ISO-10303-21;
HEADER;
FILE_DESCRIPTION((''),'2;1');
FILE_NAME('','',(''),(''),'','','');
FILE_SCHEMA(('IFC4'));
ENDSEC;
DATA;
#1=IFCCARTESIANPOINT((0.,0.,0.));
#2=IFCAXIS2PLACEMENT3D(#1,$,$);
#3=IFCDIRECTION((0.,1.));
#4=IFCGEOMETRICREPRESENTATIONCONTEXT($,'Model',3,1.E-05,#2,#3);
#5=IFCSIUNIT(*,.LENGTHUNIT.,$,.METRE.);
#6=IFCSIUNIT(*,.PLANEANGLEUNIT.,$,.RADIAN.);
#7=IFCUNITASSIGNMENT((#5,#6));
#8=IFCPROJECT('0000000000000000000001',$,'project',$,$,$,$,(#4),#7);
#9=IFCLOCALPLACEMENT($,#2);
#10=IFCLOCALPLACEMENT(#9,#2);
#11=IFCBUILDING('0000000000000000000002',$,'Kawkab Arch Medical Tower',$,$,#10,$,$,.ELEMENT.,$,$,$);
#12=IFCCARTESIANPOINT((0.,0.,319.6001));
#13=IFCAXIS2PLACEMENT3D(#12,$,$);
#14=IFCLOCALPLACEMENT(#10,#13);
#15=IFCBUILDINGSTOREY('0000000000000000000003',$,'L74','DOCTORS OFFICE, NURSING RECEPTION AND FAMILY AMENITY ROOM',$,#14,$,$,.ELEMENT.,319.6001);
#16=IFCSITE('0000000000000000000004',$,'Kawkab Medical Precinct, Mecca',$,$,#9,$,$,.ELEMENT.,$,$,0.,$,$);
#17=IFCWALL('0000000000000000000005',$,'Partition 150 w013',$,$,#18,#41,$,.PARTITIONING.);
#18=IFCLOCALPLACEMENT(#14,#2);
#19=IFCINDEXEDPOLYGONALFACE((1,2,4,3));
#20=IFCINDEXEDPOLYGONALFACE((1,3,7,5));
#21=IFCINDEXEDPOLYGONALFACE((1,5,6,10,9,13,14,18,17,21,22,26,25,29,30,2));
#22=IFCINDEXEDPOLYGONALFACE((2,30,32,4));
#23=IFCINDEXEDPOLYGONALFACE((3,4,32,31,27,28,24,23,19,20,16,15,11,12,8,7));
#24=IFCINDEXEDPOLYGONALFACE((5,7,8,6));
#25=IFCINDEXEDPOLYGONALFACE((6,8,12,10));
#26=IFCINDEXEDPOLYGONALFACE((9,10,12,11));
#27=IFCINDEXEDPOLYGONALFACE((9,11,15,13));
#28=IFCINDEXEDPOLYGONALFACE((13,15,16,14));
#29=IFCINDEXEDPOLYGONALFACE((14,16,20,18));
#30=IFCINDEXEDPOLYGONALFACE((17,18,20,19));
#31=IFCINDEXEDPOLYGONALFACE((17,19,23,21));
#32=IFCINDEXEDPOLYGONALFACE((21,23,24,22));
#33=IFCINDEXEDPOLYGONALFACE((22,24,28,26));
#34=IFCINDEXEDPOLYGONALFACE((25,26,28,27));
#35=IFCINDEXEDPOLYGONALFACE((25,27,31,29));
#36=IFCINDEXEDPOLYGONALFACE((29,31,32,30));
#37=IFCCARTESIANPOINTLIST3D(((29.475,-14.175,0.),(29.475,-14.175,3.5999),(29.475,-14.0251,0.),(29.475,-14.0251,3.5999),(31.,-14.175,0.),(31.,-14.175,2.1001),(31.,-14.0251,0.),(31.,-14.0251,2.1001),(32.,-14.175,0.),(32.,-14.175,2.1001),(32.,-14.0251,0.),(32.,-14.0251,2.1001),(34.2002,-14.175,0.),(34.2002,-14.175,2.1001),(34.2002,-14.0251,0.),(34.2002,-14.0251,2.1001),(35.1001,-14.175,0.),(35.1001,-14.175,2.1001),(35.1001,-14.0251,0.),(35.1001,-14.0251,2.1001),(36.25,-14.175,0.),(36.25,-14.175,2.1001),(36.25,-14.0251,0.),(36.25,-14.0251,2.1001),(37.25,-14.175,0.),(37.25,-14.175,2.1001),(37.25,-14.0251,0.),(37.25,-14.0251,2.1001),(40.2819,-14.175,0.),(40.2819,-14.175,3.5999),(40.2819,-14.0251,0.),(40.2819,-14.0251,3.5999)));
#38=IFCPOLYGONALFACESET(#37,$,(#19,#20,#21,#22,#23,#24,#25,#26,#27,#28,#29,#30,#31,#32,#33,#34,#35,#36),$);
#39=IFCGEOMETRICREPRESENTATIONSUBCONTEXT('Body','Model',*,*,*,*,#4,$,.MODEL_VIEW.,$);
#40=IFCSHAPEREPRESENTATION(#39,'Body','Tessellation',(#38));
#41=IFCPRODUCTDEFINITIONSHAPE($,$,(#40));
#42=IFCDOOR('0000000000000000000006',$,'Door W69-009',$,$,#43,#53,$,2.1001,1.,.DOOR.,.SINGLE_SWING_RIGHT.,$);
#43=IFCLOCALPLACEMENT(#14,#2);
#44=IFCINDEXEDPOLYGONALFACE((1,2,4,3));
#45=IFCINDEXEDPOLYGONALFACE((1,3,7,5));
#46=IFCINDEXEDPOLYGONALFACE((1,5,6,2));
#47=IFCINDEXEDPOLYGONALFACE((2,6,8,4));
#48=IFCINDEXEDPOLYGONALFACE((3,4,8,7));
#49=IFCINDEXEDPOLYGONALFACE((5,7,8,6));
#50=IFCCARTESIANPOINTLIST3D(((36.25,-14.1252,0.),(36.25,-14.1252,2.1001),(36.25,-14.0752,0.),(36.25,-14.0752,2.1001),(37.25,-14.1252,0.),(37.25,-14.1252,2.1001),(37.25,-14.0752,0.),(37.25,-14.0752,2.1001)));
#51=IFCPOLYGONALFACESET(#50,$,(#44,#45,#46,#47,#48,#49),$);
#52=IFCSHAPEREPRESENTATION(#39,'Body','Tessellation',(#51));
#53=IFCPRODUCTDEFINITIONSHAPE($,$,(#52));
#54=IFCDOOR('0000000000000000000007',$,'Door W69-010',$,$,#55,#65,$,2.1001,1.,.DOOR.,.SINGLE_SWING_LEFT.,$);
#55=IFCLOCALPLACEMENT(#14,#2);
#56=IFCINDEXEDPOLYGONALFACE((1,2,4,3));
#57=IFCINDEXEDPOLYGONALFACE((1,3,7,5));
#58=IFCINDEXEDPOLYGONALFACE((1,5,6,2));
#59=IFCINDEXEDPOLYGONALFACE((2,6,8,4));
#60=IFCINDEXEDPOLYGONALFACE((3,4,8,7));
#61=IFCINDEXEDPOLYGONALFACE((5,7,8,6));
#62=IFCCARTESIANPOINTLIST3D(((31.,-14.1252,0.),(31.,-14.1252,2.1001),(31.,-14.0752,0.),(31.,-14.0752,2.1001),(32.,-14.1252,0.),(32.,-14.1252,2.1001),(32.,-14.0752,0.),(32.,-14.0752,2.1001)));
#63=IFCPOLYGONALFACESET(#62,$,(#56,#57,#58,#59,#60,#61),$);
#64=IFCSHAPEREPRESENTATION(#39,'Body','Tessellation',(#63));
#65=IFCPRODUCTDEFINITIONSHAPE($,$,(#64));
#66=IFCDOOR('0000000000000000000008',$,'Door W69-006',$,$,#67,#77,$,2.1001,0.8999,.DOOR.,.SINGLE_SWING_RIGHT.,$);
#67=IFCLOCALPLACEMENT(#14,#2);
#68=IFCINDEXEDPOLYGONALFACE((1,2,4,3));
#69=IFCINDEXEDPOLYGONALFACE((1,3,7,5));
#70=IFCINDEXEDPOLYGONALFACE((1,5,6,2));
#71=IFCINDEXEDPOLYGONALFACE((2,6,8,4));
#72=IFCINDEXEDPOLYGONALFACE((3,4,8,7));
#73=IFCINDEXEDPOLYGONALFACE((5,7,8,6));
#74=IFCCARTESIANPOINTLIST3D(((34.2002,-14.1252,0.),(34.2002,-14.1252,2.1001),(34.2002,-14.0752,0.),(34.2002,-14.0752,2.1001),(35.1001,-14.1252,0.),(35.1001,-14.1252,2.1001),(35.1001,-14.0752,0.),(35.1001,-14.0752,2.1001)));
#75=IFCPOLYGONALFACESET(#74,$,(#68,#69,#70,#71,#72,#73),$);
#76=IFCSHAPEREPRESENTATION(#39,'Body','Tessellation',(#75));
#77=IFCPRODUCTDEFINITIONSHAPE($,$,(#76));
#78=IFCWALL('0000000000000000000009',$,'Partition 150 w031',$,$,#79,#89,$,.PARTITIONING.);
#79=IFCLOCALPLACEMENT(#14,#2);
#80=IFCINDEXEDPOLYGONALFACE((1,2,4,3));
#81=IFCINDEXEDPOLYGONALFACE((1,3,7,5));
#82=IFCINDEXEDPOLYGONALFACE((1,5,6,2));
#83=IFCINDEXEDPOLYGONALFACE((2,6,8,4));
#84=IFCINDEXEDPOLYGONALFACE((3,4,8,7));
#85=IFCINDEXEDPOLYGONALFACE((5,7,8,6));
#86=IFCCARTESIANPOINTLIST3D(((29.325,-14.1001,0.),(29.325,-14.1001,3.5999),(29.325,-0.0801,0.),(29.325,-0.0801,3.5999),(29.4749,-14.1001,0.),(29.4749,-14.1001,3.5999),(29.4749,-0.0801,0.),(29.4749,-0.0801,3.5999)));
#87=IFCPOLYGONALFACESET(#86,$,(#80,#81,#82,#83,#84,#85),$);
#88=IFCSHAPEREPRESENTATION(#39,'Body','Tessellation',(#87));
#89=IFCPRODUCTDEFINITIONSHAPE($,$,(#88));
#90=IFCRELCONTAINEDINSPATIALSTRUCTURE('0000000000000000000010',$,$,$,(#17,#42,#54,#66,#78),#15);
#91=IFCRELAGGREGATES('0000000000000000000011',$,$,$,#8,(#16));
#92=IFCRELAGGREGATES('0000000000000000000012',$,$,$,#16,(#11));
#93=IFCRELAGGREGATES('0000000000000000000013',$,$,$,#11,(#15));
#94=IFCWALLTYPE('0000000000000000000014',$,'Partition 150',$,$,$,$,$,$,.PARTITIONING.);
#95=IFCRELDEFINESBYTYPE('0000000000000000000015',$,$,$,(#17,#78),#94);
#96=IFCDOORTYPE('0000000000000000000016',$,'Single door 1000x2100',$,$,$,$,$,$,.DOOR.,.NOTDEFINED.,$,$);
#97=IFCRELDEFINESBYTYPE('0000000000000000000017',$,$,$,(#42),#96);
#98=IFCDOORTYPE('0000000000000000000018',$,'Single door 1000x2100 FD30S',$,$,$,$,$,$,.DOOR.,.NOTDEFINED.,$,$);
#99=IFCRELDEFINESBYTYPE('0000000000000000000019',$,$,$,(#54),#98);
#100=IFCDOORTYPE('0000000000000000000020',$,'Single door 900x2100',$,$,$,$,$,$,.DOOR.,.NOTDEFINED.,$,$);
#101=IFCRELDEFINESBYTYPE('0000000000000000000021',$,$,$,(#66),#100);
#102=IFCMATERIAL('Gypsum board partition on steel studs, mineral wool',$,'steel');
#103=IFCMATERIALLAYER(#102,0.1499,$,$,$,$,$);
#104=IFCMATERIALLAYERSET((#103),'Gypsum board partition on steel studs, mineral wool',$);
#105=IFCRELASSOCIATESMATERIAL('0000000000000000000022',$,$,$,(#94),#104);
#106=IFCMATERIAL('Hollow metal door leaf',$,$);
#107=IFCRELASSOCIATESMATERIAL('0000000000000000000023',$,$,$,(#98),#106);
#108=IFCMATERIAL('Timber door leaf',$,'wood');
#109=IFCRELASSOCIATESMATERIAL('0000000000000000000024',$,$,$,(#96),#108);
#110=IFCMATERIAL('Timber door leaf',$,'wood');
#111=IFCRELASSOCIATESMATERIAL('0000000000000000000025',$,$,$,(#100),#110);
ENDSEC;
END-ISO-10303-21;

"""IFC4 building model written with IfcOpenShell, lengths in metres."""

from ifc_helpers import new_model, si_unit, direction, frame, frame_2d, origin, place, context, subcontext, project, spatial, rectangle, extrude, material, layer, layer_set, type_object, element, fill, save


model = new_model("IFC4")

# Units and contexts
model_context = context("Model", 3, precision=1e-05, world=origin(), true_north=direction((0.0, 1.0)))
body_context = subcontext(model_context, "Body", "Model", "MODEL_VIEW")
ifc_project = project(units=[si_unit("LENGTHUNIT", "METRE"), si_unit("PLANEANGLEUNIT", "RADIAN")], contexts=[model_context])

# Site, building, storey
site_placement = place(None, origin())
site = spatial("IfcSite", under=ifc_project, at=site_placement, Name="Kawkab Medical Precinct, Mecca", CompositionType="ELEMENT", RefElevation=0.0)
building_placement = place(site_placement, origin())
building = spatial("IfcBuilding", under=site, at=building_placement, Name="Kawkab Arch Medical Tower", CompositionType="ELEMENT")
storey_placement = place(building_placement, frame((0.0, 0.0, 319.6001)))
storey = spatial("IfcBuildingStorey", under=building, at=storey_placement, Name="L74", Description="DOCTORS OFFICE, NURSING RECEPTION AND FAMILY AMENITY ROOM", CompositionType="ELEMENT", Elevation=319.6001)

# Wall, openings, doors
ifc_material_1 = material(Name="Gypsum board partition on steel studs, mineral wool", Category="steel")
ifc_layer_1 = layer(ifc_material_1, 0.1499)
ifc_layer_set_1 = layer_set([ifc_layer_1], Name="Gypsum board partition on steel studs, mineral wool")
wall_type_1 = type_object("IfcWallType", Name="Partition 150", PredefinedType="PARTITIONING", material=ifc_layer_set_1)
ifc_material_2 = material(Name="Hollow metal door leaf")
door_type_1 = type_object("IfcDoorType", Name="Single door 1000x2100 FD30S", OperationType="NOTDEFINED", PredefinedType="DOOR", material=ifc_material_2)
wall_1_placement = place(storey_placement, frame((29.4751, -14.1001, 0.0), z_axis=(0.0, 0.0, 1.0), x_axis=(1.0, 0.0, 0.0)))
wall_1 = element("IfcWall", 1, at=wall_1_placement, inside=storey, type_object=wall_type_1, Name="Partition 150 w013", PredefinedType="PARTITIONING", context=body_context, shape_type="SweptSolid", body=[
    extrude(rectangle(XDim=10.8069, YDim=0.1499, at=frame_2d((5.4033, 0.0))), origin(), (0.0, 0.0, 1.0), 3.5999),
])
opening_1_placement = place(wall_1_placement, frame((1.5249, 0.0, 0.0)))
opening_1 = element("IfcOpeningElement", 2, at=opening_1_placement, cuts=wall_1, PredefinedType="OPENING", context=body_context, shape_type="SweptSolid", body=[
    extrude(rectangle(XDim=1.0, YDim=2.1001, at=frame_2d((0.5, 1.05))), frame((0.0, 0.085, 0.0), z_axis=(0.0, -1.0, 0.0), x_axis=(1.0, 0.0, 0.0)), (0.0, 0.0, 1.0), 0.1699),
])
opening_2_placement = place(wall_1_placement, frame((4.7251, 0.0, 0.0)))
opening_2 = element("IfcOpeningElement", 3, at=opening_2_placement, cuts=wall_1, PredefinedType="OPENING", context=body_context, shape_type="SweptSolid", body=[
    extrude(rectangle(XDim=0.8999, YDim=2.1001, at=frame_2d((0.45, 1.05))), frame((0.0, 0.085, 0.0), z_axis=(0.0, -1.0, 0.0), x_axis=(1.0, 0.0, 0.0)), (0.0, 0.0, 1.0), 0.1699),
])
opening_3_placement = place(wall_1_placement, frame((6.7749, 0.0, 0.0)))
opening_3 = element("IfcOpeningElement", 4, at=opening_3_placement, cuts=wall_1, PredefinedType="OPENING", context=body_context, shape_type="SweptSolid", body=[
    extrude(rectangle(XDim=1.0, YDim=2.1001, at=frame_2d((0.5, 1.05))), frame((0.0, 0.085, 0.0), z_axis=(0.0, -1.0, 0.0), x_axis=(1.0, 0.0, 0.0)), (0.0, 0.0, 1.0), 0.1699),
])
ifc_material_3 = material(Name="Timber door leaf", Category="wood")
door_type_2 = type_object("IfcDoorType", Name="Single door 1000x2100", OperationType="NOTDEFINED", PredefinedType="DOOR", material=ifc_material_3)
door_1_placement = place(opening_3_placement, origin())
door_1 = element("IfcDoor", 5, at=door_1_placement, inside=storey, type_object=door_type_2, Name="Door W69-009", OperationType="SINGLE_SWING_RIGHT", OverallHeight=2.1001, OverallWidth=1.0, PredefinedType="DOOR", context=body_context, shape_type="SweptSolid", body=[
    extrude(rectangle(XDim=1.0, YDim=2.1001, at=frame_2d((0.5, 1.05))), frame((0.0, 0.0249, 0.0), z_axis=(0.0, -1.0, 0.0), x_axis=(1.0, 0.0, 0.0)), (0.0, 0.0, 1.0), 0.05),
])
fill(opening_3, door_1)
door_2_placement = place(opening_1_placement, origin())
door_2 = element("IfcDoor", 6, at=door_2_placement, inside=storey, type_object=door_type_1, Name="Door W69-010", OperationType="SINGLE_SWING_LEFT", OverallHeight=2.1001, OverallWidth=1.0, PredefinedType="DOOR", context=body_context, shape_type="SweptSolid", body=[
    extrude(rectangle(XDim=1.0, YDim=2.1001, at=frame_2d((0.5, 1.05))), frame((0.0, 0.0249, 0.0), z_axis=(0.0, -1.0, 0.0), x_axis=(1.0, 0.0, 0.0)), (0.0, 0.0, 1.0), 0.05),
])
fill(opening_1, door_2)
ifc_material_4 = material(Name="Timber door leaf", Category="wood")
door_type_3 = type_object("IfcDoorType", Name="Single door 900x2100", OperationType="NOTDEFINED", PredefinedType="DOOR", material=ifc_material_4)
door_3_placement = place(opening_2_placement, origin())
door_3 = element("IfcDoor", 7, at=door_3_placement, inside=storey, type_object=door_type_3, Name="Door W69-006", OperationType="SINGLE_SWING_RIGHT", OverallHeight=2.1001, OverallWidth=0.8999, PredefinedType="DOOR", context=body_context, shape_type="SweptSolid", body=[
    extrude(rectangle(XDim=0.8999, YDim=2.1001, at=frame_2d((0.45, 1.05))), frame((0.0, 0.0249, 0.0), z_axis=(0.0, -1.0, 0.0), x_axis=(1.0, 0.0, 0.0)), (0.0, 0.0, 1.0), 0.05),
])
fill(opening_2, door_3)

# Wall
wall_2_placement = place(storey_placement, frame((29.3999, -14.1001, 0.0), z_axis=(0.0, 0.0, 1.0), x_axis=(0.0, 1.0, 0.0)))
element("IfcWall", 8, at=wall_2_placement, inside=storey, type_object=wall_type_1, Name="Partition 150 w031", PredefinedType="PARTITIONING", context=body_context, shape_type="SweptSolid", body=[
    extrude(rectangle(XDim=14.02, YDim=0.1499, at=frame_2d((7.01, 0.0))), origin(), (0.0, 0.0, 1.0), 3.5999),
])

save(model, "model.ifc")
